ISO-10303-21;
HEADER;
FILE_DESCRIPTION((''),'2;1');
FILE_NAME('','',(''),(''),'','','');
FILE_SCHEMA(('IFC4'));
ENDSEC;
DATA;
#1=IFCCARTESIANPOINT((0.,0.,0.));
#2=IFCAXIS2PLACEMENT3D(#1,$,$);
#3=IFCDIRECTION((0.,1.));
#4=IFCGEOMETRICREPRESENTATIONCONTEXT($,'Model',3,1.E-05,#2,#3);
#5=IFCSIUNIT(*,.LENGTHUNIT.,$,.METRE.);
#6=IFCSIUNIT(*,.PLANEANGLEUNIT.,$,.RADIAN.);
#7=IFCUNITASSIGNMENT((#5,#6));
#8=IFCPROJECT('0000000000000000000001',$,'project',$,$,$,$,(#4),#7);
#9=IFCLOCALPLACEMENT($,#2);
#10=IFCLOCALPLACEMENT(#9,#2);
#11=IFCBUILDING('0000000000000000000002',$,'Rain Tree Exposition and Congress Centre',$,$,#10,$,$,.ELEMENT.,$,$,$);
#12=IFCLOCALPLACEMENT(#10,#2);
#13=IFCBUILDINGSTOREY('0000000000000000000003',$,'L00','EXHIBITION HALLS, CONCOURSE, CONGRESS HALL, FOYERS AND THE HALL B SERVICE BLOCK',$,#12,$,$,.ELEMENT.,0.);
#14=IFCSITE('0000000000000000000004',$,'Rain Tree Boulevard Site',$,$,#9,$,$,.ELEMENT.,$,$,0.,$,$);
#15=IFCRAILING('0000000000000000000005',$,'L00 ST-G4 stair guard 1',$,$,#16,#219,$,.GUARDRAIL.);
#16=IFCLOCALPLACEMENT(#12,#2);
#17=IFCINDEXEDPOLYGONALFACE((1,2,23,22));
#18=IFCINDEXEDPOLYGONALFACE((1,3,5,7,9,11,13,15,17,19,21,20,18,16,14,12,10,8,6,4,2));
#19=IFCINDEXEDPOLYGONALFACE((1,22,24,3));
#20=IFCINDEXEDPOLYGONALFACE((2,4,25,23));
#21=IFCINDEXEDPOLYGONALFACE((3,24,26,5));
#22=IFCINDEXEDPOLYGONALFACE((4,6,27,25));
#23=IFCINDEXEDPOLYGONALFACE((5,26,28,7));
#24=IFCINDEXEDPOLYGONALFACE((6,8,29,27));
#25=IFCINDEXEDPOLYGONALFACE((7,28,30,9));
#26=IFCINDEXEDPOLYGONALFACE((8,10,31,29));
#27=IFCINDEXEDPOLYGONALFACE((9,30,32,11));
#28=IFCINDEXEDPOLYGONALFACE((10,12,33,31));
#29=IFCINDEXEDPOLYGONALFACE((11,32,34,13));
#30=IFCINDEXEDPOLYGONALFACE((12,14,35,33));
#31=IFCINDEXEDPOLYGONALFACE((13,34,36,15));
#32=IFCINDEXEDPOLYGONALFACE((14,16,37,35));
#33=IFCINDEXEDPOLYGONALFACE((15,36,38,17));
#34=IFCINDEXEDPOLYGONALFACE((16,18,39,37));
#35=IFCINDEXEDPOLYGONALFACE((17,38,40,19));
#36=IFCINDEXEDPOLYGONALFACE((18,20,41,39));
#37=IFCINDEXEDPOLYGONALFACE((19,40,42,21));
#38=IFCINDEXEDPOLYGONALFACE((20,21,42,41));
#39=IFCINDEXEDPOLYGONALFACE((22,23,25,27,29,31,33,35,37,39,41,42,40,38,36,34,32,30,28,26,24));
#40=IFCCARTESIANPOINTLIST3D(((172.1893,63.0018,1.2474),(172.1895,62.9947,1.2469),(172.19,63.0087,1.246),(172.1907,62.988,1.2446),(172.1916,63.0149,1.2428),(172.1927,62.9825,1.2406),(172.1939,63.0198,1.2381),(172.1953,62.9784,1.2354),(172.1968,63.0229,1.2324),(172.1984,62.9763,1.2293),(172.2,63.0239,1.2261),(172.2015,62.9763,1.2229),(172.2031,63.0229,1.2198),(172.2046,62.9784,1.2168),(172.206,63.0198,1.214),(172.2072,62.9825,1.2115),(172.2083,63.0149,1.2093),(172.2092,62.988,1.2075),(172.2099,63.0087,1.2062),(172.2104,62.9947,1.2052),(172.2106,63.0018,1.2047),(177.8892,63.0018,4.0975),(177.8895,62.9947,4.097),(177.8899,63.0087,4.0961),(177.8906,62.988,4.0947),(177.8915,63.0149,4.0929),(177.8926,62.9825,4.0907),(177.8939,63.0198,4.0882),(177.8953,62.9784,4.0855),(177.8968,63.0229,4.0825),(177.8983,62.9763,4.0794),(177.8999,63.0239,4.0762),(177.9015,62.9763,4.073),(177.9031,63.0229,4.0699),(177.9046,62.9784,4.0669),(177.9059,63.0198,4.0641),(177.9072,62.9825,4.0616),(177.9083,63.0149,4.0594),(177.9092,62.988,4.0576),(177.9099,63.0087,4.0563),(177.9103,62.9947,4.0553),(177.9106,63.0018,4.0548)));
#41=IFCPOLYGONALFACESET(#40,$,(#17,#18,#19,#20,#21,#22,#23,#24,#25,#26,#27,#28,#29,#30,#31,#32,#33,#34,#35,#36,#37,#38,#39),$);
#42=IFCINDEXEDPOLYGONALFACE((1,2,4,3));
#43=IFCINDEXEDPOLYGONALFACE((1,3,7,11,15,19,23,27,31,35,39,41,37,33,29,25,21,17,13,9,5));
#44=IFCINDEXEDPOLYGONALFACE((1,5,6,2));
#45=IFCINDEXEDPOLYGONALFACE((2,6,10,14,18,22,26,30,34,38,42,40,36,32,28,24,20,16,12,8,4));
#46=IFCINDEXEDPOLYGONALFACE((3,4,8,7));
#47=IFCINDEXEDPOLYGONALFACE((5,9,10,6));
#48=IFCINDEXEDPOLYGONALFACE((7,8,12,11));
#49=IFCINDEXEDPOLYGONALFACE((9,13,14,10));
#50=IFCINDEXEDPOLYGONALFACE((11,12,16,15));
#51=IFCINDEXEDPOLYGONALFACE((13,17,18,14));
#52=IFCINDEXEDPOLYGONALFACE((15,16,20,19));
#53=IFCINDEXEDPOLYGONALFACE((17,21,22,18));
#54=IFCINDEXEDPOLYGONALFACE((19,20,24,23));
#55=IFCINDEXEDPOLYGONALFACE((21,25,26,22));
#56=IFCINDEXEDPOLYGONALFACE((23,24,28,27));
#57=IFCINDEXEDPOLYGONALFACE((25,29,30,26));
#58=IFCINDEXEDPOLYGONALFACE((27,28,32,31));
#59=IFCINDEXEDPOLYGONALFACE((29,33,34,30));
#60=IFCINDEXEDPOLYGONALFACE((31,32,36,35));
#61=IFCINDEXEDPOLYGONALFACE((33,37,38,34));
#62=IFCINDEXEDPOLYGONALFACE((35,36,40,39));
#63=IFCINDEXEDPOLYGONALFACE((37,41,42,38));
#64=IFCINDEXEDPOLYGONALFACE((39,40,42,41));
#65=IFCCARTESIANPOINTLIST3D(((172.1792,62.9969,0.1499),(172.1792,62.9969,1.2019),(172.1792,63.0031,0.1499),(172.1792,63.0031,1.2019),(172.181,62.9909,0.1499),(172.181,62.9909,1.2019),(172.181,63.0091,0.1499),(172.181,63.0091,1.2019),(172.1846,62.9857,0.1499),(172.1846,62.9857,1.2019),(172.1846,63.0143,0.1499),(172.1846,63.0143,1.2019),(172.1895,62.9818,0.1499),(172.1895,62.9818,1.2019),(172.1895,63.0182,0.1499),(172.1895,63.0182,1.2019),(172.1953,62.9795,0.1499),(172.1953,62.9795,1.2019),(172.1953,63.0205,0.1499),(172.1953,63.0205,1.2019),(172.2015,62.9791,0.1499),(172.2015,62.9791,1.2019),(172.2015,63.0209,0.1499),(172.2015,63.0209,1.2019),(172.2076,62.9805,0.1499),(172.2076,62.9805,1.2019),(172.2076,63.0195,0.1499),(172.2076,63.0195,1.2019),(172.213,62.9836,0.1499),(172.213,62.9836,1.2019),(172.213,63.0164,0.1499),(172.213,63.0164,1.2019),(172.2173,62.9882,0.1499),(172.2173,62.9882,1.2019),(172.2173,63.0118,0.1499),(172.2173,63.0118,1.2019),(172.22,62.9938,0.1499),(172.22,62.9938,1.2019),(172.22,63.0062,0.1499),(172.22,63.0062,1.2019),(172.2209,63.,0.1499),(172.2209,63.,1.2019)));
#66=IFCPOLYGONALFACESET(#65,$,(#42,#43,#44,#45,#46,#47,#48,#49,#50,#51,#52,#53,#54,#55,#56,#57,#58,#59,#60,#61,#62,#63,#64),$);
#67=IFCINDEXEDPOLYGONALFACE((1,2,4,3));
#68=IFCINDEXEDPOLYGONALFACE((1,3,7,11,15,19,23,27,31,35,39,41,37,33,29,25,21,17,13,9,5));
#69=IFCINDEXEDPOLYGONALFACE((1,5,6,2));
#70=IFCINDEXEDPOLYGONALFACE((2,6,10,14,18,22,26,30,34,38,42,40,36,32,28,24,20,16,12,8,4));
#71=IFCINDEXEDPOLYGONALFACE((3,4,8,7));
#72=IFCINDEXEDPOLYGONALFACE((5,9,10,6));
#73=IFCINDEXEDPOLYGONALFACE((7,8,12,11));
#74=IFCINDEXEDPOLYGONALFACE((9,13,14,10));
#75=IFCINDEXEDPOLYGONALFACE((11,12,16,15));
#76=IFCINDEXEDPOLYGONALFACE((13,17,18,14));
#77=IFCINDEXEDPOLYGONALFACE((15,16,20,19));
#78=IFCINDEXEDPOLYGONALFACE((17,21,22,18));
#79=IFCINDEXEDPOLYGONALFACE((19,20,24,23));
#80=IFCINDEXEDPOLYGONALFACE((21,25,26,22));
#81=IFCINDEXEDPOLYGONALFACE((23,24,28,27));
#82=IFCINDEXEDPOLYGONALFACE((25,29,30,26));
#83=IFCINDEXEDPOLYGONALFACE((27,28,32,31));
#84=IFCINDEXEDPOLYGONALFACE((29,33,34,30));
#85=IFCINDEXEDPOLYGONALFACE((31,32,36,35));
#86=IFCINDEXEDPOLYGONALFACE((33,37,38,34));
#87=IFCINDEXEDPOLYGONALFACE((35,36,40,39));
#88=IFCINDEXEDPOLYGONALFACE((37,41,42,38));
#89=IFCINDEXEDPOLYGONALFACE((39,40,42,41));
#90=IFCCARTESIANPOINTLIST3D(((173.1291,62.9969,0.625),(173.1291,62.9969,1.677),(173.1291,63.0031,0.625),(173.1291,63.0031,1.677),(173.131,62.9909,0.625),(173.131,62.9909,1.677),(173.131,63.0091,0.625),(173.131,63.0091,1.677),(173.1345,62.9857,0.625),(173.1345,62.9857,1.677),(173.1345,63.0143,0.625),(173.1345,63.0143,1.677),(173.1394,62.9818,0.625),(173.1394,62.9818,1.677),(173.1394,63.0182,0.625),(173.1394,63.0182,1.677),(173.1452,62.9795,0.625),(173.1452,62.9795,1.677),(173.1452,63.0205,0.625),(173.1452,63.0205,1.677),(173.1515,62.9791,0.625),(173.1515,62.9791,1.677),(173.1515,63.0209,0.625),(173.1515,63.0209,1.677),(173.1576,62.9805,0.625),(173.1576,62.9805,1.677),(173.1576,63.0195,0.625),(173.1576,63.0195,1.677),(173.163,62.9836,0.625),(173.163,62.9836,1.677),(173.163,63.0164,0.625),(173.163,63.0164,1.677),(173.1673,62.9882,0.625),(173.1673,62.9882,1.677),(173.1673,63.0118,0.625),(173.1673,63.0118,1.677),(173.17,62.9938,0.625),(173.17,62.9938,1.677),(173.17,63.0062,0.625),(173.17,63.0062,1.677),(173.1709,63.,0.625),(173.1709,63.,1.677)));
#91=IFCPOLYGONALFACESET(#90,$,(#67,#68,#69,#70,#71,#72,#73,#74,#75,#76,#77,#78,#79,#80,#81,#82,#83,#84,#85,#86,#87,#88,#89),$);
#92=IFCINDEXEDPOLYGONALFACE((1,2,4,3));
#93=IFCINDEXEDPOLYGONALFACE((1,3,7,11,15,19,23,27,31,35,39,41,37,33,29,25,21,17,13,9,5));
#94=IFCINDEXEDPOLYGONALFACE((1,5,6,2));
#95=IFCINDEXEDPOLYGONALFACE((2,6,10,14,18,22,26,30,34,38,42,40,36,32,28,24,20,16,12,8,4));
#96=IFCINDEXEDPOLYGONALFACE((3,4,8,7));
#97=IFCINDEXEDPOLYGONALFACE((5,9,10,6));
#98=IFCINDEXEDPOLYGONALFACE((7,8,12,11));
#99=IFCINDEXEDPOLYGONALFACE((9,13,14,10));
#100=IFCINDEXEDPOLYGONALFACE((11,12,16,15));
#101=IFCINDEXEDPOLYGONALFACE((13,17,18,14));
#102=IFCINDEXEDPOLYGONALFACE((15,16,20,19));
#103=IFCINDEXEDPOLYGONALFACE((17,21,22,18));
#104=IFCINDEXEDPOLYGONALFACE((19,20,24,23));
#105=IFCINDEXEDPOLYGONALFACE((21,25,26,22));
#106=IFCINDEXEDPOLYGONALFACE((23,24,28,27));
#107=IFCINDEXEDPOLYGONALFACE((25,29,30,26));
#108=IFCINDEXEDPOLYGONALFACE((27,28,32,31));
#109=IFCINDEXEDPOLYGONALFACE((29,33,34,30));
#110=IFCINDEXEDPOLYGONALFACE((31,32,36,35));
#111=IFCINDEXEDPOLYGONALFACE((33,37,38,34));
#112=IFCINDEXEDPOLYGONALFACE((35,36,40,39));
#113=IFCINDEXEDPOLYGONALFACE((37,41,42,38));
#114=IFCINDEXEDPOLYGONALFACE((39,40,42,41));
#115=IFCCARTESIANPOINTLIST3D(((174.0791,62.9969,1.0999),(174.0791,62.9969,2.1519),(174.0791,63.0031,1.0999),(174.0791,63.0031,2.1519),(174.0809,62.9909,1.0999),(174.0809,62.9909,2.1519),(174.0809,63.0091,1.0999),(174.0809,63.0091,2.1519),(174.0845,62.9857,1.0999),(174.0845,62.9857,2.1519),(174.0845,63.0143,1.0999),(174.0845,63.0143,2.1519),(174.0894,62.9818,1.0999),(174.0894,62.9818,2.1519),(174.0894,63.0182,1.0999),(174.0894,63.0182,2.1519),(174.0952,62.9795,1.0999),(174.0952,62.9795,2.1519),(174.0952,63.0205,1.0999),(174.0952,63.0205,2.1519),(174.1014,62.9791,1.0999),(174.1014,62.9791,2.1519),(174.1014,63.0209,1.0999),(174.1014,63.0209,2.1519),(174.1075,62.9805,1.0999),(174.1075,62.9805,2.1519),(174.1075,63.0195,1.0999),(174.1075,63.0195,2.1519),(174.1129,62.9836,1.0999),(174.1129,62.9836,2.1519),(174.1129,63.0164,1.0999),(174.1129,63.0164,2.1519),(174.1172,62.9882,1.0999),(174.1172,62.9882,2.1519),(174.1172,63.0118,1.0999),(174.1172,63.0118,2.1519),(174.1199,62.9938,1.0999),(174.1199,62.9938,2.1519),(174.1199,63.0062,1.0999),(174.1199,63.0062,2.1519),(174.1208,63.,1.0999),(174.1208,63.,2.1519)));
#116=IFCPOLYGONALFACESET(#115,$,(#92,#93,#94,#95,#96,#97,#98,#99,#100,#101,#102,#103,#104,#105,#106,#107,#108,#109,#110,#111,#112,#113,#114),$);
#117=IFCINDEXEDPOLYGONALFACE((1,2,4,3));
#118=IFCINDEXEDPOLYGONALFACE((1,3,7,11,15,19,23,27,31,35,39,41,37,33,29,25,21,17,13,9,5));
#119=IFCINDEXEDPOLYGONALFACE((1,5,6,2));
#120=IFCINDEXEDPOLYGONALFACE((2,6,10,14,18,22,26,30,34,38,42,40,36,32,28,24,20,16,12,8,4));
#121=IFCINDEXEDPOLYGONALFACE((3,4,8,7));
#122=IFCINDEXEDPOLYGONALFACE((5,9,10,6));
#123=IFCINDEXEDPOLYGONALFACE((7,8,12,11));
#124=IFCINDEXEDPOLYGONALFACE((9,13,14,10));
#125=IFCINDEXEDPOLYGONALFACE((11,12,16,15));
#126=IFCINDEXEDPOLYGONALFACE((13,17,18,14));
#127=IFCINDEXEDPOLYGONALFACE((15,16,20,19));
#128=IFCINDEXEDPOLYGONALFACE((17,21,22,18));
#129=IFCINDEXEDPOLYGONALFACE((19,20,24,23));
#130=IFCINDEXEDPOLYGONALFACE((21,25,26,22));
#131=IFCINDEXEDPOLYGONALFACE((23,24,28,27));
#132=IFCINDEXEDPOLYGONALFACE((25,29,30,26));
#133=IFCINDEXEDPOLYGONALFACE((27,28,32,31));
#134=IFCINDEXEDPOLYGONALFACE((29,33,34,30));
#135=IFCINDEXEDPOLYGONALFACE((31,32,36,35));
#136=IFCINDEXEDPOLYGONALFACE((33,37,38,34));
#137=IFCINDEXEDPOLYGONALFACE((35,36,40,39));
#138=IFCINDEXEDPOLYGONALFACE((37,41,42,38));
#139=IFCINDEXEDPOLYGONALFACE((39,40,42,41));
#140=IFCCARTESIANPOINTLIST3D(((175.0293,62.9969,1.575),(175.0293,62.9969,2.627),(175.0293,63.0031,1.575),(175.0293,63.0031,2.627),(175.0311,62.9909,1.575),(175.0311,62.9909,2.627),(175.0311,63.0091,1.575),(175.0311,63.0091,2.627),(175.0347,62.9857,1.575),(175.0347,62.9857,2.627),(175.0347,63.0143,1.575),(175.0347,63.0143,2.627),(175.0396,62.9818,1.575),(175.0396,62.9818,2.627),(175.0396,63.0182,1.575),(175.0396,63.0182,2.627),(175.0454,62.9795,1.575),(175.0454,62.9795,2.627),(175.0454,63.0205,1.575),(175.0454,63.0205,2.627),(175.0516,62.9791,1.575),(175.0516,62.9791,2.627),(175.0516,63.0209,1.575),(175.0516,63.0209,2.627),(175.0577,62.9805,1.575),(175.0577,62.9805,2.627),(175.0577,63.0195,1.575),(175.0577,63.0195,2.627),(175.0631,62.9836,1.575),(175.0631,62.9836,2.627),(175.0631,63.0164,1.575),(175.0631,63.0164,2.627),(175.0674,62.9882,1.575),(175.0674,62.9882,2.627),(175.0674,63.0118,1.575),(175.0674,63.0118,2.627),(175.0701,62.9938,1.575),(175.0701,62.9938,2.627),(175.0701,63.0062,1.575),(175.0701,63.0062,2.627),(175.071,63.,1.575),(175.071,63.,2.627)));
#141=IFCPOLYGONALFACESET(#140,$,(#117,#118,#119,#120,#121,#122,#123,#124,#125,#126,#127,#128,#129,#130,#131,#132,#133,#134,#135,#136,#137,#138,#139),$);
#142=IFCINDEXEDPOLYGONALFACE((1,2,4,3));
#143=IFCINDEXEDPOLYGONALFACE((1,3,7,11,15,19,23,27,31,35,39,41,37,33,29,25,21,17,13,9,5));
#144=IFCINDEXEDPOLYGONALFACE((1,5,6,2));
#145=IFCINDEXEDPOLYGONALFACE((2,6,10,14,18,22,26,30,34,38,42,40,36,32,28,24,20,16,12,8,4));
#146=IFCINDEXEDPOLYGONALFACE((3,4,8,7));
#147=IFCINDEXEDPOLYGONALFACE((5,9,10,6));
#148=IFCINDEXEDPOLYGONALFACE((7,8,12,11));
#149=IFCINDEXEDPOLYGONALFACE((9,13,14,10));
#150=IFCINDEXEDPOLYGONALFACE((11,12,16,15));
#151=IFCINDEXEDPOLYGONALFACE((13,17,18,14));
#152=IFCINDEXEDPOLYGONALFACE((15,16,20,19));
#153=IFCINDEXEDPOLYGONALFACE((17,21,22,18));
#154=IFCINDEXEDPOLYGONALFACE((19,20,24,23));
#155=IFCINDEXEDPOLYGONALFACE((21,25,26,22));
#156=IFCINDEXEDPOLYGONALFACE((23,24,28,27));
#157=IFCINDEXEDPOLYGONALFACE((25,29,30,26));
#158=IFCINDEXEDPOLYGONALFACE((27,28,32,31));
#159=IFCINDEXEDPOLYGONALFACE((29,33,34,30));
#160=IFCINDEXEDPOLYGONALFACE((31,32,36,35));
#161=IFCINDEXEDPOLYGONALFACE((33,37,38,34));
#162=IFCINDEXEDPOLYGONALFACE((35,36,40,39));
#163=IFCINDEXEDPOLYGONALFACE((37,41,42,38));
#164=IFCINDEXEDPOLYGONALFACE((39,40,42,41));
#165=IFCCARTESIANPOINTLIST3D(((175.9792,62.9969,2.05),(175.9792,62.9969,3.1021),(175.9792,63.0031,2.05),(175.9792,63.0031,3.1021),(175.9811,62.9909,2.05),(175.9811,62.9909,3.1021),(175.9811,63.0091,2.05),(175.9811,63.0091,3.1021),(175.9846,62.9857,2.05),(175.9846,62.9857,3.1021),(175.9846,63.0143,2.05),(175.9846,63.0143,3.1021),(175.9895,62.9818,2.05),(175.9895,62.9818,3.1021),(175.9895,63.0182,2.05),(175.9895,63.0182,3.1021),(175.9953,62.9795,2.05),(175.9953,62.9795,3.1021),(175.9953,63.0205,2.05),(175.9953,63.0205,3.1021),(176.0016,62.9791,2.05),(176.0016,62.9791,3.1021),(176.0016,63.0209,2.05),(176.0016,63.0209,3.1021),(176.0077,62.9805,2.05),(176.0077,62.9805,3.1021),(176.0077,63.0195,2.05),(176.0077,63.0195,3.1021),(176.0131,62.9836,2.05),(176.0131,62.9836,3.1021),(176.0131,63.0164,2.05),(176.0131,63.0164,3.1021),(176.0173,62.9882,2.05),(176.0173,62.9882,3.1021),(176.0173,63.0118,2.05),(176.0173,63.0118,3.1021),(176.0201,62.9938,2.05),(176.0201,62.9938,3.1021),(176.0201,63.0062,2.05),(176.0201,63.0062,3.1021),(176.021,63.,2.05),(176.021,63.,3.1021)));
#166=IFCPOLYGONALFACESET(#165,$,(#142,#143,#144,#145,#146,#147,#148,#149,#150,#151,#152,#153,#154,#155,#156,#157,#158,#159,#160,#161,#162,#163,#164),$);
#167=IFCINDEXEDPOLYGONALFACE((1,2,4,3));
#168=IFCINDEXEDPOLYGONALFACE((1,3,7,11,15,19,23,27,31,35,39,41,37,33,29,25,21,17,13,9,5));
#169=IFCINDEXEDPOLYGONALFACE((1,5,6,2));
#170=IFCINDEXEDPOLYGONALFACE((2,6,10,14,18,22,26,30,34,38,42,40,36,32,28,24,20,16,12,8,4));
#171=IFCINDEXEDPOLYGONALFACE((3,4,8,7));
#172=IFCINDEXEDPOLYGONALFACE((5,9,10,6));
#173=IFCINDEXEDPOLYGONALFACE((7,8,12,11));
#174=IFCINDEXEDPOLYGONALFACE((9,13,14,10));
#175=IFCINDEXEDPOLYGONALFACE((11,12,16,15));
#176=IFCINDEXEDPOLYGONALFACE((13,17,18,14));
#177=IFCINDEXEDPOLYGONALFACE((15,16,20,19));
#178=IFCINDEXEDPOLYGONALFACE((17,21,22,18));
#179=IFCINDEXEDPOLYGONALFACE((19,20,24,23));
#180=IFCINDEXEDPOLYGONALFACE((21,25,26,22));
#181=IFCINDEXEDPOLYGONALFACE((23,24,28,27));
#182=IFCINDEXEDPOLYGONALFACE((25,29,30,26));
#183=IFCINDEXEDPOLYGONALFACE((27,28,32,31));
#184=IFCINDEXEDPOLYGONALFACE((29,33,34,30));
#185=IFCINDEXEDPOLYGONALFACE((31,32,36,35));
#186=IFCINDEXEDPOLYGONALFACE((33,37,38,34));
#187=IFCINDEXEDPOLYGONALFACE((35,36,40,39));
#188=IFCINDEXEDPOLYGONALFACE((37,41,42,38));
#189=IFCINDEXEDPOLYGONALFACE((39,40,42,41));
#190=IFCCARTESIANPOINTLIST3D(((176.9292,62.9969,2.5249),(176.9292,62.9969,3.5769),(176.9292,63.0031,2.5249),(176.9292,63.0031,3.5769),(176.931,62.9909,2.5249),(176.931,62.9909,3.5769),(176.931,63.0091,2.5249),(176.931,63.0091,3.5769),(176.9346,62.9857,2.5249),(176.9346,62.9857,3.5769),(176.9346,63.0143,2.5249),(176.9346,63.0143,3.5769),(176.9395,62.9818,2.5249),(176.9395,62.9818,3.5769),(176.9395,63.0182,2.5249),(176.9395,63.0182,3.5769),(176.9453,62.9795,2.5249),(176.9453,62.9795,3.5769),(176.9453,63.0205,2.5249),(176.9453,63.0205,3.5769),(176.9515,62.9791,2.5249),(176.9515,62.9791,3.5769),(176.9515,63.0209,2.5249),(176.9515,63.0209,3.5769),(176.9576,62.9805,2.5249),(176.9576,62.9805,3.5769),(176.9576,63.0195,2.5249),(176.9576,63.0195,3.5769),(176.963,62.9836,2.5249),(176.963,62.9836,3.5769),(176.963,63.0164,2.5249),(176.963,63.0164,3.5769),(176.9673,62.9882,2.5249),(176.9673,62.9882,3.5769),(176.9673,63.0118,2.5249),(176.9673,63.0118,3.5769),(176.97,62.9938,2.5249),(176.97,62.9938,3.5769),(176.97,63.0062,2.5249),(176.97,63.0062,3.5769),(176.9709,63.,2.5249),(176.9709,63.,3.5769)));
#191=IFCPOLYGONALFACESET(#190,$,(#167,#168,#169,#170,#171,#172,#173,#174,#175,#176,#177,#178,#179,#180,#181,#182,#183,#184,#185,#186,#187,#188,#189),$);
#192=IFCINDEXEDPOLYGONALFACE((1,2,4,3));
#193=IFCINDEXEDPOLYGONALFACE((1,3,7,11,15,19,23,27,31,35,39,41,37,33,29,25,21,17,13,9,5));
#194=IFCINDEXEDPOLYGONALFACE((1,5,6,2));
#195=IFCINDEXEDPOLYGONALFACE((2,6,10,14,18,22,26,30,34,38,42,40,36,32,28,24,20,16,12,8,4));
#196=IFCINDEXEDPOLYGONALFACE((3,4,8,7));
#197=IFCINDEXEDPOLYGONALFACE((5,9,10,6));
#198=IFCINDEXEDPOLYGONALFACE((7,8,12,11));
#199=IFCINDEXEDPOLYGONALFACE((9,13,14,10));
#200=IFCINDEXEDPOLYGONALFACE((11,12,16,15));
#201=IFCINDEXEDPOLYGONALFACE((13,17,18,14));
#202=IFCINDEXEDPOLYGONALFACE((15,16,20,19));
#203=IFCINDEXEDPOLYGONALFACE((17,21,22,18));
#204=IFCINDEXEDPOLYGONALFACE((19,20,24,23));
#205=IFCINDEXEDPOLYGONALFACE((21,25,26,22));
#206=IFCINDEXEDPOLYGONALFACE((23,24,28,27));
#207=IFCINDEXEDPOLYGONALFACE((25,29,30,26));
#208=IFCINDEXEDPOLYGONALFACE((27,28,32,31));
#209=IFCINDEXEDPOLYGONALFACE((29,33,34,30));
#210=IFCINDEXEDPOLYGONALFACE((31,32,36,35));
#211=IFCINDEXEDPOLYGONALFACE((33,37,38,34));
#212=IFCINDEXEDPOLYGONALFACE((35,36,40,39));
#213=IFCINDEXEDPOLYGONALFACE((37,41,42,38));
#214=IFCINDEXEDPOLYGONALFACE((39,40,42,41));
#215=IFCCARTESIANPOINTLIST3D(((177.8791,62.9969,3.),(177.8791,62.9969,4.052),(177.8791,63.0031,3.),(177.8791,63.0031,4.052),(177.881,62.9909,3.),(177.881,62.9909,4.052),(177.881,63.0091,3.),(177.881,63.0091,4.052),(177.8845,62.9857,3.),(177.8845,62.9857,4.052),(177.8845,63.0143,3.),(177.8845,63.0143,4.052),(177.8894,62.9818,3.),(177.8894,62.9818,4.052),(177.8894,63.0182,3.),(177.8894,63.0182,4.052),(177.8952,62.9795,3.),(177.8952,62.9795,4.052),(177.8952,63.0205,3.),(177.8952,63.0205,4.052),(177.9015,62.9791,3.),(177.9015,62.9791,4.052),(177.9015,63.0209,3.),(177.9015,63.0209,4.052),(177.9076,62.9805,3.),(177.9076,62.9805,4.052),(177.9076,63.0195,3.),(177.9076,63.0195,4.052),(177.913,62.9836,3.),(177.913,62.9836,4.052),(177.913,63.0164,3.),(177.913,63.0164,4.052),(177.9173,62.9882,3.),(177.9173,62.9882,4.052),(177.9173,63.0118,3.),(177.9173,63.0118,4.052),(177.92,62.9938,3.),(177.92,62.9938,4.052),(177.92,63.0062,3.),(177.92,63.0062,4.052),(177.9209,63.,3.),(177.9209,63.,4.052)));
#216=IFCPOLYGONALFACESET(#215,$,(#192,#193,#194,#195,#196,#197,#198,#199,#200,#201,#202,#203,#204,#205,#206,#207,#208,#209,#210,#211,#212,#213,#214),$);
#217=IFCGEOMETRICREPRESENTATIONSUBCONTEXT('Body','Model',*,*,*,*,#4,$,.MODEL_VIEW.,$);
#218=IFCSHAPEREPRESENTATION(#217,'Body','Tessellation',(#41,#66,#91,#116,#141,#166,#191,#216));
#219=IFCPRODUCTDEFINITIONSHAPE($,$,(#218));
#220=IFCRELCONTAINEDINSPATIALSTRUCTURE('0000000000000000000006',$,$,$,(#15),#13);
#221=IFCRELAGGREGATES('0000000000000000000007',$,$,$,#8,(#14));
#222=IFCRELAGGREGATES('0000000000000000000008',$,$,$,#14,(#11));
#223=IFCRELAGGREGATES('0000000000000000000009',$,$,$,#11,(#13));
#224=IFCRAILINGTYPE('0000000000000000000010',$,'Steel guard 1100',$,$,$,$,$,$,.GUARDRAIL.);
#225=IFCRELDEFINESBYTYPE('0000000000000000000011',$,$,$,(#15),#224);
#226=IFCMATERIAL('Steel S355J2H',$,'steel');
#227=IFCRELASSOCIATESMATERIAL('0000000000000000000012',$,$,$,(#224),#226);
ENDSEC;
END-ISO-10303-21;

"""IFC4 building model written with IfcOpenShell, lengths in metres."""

from ifc_helpers import new_model, si_unit, direction, frame, origin, origin_2d, place, context, subcontext, project, spatial, circle, extrude, material, type_object, element, save


model = new_model("IFC4")

# Units and contexts
model_context = context("Model", 3, precision=1e-05, world=origin(), true_north=direction((0.0, 1.0)))
body_context = subcontext(model_context, "Body", "Model", "MODEL_VIEW")
ifc_project = project(units=[si_unit("LENGTHUNIT", "METRE"), si_unit("PLANEANGLEUNIT", "RADIAN")], contexts=[model_context])

# Site, building, storey
site_placement = place(None, origin())
site = spatial("IfcSite", under=ifc_project, at=site_placement, Name="Rain Tree Boulevard Site", CompositionType="ELEMENT", RefElevation=0.0)
building_placement = place(site_placement, origin())
building = spatial("IfcBuilding", under=site, at=building_placement, Name="Rain Tree Exposition and Congress Centre", CompositionType="ELEMENT")
storey_placement = place(building_placement, origin())
storey = spatial("IfcBuildingStorey", under=building, at=storey_placement, Name="L00", Description="EXHIBITION HALLS, CONCOURSE, CONGRESS HALL, FOYERS AND THE HALL B SERVICE BLOCK", CompositionType="ELEMENT", Elevation=0.0)

# Railing
ifc_material_1 = material(Name="Steel S355J2H", Category="steel")
railing_type_1 = type_object("IfcRailingType", Name="Steel guard 1100", PredefinedType="GUARDRAIL", material=ifc_material_1)
railing_1_placement = place(storey_placement, frame((172.2, 63.0, 0.1499)))
element("IfcRailing", 1, at=railing_1_placement, inside=storey, type_object=railing_type_1, Name="L00 ST-G4 stair guard 1", PredefinedType="GUARDRAIL", context=body_context, shape_type="SweptSolid", body=[
    extrude(circle(Radius=0.0239, at=origin_2d()), frame((0.0, 0.0, 1.0762), z_axis=(0.89442, 0.0, 0.447229), x_axis=(0.0, 1.0, 0.0)), (0.0, 0.0, 1.0), 6.3728),
    extrude(circle(Radius=0.021, at=origin_2d()), origin(), (0.0, 0.0, 1.0), 1.052),
    extrude(circle(Radius=0.021, at=origin_2d()), frame((0.95, 0.0, 0.4751)), (0.0, 0.0, 1.0), 1.052),
    extrude(circle(Radius=0.021, at=origin_2d()), frame((1.8999, 0.0, 0.95)), (0.0, 0.0, 1.0), 1.052),
    extrude(circle(Radius=0.021, at=origin_2d()), frame((2.8501, 0.0, 1.425)), (0.0, 0.0, 1.0), 1.052),
    extrude(circle(Radius=0.021, at=origin_2d()), frame((3.8, 0.0, 1.9001)), (0.0, 0.0, 1.0), 1.052),
    extrude(circle(Radius=0.021, at=origin_2d()), frame((4.75, 0.0, 2.375)), (0.0, 0.0, 1.0), 1.052),
    extrude(circle(Radius=0.021, at=origin_2d()), frame((5.7, 0.0, 2.8501)), (0.0, 0.0, 1.0), 1.052),
])

save(model, "model.ifc")
